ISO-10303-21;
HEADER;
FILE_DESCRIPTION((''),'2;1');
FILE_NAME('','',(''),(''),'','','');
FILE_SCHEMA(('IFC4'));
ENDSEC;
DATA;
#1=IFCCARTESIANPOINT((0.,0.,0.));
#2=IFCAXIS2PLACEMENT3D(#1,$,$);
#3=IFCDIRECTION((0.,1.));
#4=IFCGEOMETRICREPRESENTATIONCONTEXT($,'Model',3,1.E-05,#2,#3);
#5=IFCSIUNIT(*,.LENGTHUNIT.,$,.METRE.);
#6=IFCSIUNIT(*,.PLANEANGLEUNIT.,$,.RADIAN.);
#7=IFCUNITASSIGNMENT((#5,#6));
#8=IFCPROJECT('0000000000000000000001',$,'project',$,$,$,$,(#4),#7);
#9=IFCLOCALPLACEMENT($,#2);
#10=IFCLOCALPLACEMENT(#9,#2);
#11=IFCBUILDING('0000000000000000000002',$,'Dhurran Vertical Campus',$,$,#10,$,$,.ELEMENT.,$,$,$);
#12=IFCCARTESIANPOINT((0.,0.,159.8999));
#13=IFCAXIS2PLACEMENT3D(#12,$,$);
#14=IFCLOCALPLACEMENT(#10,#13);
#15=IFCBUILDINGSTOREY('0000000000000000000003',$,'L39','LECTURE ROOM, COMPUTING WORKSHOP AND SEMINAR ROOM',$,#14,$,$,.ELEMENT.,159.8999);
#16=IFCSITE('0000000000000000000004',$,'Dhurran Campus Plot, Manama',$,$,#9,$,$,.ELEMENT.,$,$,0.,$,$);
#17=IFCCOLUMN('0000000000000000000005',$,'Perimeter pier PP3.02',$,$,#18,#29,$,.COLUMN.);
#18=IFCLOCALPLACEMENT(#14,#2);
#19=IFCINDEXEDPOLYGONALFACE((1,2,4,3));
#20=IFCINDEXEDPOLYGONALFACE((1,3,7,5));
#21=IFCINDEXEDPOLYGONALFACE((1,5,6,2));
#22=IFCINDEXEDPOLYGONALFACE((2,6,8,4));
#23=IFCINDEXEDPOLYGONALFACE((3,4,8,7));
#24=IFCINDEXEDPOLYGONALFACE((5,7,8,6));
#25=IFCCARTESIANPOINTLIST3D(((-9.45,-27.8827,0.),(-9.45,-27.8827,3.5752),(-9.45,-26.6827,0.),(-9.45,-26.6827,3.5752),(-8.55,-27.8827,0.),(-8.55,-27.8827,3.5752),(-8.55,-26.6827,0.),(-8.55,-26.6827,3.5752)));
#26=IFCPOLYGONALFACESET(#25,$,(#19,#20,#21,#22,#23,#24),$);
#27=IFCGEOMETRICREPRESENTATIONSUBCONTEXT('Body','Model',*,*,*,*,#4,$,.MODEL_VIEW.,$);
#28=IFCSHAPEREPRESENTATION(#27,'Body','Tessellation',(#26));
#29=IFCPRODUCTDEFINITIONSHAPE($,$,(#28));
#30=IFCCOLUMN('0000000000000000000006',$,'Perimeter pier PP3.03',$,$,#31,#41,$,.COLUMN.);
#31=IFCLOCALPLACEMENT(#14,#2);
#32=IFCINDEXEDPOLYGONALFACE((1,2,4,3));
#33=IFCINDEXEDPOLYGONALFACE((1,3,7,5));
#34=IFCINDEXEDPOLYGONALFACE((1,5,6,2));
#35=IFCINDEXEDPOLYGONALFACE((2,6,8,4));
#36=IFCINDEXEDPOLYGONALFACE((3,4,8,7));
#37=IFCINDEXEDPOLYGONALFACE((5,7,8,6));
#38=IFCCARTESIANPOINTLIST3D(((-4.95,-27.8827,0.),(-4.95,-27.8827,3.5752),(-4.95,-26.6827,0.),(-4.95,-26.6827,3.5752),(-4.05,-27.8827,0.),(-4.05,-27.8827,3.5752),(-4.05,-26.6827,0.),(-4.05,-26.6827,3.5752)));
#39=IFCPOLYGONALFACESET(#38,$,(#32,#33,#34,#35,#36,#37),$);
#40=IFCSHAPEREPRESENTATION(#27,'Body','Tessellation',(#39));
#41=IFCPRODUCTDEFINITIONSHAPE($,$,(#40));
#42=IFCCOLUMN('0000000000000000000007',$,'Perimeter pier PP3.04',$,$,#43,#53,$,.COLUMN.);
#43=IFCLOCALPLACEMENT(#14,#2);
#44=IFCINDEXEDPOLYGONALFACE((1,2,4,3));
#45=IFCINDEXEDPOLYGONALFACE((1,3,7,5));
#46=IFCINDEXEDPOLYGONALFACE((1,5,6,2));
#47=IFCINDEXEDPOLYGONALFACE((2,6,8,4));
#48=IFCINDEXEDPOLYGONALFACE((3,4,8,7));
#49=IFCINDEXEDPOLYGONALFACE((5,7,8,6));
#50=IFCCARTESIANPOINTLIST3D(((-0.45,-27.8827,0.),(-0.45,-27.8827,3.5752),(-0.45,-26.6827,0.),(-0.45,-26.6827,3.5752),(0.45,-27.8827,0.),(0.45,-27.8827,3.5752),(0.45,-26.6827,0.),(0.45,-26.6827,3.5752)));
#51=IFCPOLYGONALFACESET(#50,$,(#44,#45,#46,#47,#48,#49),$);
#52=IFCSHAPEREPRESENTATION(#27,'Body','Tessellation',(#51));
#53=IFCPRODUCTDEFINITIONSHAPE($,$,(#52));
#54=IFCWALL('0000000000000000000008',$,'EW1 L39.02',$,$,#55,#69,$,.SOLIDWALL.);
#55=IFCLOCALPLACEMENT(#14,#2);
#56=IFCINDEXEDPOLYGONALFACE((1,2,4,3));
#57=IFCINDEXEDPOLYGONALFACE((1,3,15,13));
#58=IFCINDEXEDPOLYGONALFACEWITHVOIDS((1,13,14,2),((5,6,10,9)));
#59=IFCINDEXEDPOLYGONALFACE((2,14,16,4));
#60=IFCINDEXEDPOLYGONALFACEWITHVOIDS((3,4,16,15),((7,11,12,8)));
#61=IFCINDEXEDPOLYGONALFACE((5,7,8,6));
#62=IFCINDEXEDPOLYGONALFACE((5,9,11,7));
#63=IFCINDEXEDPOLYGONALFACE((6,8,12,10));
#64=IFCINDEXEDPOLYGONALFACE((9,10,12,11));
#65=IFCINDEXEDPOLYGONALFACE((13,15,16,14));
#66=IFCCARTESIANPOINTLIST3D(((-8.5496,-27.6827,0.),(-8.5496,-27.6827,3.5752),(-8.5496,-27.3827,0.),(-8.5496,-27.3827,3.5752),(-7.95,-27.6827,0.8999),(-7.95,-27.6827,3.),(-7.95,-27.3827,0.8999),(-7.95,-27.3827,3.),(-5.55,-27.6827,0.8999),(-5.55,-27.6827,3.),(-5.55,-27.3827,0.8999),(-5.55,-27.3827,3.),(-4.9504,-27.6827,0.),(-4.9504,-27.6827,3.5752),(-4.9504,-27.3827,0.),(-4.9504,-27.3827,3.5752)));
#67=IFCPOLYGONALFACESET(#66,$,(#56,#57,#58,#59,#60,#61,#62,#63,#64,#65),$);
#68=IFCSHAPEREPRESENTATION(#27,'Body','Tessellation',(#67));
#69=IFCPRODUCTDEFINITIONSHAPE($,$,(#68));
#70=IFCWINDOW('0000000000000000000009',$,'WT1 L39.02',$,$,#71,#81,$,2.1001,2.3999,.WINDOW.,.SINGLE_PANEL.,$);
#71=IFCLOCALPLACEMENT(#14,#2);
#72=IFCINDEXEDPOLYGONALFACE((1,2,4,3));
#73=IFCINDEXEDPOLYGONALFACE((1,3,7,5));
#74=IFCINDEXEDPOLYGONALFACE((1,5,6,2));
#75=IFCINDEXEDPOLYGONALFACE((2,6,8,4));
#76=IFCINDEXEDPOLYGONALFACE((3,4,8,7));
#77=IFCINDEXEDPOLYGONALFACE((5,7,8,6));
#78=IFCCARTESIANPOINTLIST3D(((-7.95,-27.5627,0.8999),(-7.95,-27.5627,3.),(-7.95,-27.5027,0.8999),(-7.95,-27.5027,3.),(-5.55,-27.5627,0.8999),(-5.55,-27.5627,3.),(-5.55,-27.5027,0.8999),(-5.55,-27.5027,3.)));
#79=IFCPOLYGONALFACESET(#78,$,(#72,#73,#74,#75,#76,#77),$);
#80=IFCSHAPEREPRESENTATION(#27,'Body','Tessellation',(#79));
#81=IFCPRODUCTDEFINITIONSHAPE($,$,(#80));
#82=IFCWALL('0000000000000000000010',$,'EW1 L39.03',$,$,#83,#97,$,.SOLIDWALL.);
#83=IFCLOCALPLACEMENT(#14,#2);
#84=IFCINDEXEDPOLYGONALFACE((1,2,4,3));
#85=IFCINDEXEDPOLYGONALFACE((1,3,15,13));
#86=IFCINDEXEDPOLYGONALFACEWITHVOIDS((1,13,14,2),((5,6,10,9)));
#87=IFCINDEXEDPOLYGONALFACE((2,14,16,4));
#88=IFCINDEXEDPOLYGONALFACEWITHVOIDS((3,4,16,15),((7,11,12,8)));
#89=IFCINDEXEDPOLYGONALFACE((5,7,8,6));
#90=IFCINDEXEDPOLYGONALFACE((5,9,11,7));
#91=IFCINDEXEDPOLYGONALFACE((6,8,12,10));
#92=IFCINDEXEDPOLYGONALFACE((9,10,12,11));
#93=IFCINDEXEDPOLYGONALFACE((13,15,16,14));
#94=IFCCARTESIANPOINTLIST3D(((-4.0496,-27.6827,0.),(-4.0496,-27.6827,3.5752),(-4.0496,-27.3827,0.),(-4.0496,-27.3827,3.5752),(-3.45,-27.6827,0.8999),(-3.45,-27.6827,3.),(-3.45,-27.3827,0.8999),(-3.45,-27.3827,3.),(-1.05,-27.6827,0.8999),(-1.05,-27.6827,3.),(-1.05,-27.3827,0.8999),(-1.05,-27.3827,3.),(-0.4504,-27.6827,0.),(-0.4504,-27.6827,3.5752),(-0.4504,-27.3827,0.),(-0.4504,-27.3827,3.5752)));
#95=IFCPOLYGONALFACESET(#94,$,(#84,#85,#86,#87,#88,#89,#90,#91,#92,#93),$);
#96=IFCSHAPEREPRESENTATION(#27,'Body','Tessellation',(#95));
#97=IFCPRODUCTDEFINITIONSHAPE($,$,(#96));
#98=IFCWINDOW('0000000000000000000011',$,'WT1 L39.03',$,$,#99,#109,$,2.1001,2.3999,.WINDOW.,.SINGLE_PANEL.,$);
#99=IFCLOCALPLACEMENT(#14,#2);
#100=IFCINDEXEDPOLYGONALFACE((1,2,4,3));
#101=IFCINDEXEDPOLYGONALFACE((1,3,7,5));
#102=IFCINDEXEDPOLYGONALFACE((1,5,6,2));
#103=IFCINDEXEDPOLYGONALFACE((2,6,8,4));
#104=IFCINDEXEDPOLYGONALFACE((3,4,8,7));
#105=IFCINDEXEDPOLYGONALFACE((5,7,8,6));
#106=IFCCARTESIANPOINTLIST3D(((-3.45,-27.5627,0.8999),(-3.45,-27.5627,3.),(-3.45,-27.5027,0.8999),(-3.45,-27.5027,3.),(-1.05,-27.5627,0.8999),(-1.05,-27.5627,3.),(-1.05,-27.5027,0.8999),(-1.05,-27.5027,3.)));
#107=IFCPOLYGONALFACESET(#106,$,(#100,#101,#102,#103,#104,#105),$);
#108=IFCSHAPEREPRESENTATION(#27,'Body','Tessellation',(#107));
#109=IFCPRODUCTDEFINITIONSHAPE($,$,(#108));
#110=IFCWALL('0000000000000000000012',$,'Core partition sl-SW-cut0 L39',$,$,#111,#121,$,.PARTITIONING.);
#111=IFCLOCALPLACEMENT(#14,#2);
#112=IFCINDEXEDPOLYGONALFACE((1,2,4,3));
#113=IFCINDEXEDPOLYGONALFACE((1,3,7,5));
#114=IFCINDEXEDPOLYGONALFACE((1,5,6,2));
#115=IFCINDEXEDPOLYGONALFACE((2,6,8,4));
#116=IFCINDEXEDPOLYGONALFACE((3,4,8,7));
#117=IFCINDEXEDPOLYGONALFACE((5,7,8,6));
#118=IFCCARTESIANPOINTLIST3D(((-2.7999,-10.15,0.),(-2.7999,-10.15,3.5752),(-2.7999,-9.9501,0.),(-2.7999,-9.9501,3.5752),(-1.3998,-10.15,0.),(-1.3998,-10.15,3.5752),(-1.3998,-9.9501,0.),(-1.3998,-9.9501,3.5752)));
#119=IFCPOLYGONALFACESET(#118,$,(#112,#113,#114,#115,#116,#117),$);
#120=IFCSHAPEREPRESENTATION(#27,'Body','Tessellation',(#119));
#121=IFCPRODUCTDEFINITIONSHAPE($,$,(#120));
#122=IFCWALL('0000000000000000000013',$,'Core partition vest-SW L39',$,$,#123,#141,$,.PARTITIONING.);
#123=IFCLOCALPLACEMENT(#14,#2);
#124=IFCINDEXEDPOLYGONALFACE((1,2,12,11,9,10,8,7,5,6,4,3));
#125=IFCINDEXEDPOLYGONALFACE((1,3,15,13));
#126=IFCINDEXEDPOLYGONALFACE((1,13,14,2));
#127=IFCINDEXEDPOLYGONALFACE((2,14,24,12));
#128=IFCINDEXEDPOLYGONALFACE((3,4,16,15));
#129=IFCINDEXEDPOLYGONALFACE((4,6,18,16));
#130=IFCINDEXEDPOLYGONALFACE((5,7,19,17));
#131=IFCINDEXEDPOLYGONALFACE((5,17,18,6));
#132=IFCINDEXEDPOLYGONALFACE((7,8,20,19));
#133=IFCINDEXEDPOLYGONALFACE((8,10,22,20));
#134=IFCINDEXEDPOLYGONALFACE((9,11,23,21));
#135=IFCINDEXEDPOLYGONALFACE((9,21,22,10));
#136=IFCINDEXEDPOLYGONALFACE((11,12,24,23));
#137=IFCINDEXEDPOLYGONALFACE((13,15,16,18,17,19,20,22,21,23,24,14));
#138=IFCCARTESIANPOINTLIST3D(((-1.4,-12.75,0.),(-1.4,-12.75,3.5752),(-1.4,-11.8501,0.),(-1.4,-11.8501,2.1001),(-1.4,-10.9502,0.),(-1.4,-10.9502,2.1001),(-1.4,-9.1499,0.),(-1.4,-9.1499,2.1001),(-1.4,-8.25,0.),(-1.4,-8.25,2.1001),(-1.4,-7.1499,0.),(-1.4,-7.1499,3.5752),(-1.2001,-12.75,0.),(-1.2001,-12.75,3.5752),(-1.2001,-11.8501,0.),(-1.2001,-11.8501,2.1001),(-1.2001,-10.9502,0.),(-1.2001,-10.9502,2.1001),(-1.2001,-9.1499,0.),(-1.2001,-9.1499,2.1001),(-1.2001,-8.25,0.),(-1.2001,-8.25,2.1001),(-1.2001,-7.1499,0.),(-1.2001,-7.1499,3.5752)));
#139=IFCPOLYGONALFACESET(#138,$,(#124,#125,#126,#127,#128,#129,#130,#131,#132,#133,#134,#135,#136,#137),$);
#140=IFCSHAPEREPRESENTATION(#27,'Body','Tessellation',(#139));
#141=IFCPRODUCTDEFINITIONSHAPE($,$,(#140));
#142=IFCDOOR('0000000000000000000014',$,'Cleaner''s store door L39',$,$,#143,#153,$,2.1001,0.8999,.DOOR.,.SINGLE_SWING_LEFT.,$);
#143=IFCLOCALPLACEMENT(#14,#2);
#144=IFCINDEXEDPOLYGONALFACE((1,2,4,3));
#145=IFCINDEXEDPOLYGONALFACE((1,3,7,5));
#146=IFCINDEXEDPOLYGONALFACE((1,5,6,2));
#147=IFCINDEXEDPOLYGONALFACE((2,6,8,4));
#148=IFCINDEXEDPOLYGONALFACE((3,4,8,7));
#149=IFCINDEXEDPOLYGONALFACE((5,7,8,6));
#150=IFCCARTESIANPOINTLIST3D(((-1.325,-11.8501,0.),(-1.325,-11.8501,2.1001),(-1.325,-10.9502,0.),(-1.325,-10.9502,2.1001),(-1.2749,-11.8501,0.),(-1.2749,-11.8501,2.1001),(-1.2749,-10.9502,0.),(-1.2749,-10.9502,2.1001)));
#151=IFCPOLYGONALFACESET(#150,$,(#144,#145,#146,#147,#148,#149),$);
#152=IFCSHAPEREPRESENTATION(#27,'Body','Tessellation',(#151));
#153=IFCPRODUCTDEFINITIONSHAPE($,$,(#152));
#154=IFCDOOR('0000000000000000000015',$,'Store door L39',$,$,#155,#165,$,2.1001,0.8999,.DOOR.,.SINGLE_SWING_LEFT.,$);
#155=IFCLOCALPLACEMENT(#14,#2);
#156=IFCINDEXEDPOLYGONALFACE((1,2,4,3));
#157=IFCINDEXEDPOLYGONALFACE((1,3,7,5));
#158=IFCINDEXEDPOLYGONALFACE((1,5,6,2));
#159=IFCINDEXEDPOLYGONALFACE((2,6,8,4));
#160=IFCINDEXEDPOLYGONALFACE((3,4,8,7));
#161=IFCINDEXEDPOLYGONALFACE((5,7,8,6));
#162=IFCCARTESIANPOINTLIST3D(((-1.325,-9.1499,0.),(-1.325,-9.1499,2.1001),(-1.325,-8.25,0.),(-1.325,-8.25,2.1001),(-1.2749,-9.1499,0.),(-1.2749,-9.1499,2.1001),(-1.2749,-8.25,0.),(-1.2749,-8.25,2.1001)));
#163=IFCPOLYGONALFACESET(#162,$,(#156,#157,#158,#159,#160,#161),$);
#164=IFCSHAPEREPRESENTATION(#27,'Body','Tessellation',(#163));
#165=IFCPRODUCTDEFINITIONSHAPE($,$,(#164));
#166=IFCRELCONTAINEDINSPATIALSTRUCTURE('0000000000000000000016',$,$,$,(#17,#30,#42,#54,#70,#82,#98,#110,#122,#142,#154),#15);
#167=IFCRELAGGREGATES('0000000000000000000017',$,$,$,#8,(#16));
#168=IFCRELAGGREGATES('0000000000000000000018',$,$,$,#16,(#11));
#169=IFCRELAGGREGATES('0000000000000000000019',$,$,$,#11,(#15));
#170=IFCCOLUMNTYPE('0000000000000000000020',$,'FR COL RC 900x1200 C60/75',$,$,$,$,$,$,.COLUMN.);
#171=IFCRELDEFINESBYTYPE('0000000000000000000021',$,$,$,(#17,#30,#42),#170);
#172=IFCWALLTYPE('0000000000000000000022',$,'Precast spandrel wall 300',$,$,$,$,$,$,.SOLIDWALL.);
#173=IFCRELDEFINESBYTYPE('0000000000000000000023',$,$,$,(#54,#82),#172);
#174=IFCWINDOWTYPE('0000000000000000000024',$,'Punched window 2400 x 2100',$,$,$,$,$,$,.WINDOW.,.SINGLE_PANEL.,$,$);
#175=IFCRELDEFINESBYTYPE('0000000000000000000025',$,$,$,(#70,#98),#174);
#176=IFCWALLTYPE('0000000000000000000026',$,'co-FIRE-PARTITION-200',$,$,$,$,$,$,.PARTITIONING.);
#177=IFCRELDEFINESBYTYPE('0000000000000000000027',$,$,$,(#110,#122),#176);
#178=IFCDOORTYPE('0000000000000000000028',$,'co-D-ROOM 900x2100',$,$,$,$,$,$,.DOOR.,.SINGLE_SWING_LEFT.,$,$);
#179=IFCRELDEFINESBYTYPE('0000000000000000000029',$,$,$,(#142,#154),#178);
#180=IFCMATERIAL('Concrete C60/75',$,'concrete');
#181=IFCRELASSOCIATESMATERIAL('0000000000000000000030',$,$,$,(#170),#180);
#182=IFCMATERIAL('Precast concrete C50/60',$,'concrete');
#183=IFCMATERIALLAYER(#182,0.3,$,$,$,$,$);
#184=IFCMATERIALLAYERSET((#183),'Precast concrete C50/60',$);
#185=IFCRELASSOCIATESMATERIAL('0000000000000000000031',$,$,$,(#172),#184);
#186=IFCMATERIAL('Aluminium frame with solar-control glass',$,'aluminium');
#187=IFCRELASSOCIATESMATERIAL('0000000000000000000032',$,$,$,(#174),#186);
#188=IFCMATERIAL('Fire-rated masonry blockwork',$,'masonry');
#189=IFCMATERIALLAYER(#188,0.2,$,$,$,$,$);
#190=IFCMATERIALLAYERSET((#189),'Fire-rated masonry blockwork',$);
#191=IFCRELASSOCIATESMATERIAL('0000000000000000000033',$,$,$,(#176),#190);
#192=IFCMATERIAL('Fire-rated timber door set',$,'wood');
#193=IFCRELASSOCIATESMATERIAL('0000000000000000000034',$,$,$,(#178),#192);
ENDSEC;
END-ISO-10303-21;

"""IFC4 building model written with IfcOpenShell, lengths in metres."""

from ifc_helpers import new_model, si_unit, direction, frame, frame_2d, origin, origin_2d, place, context, subcontext, project, spatial, rectangle, extrude, material, layer, layer_set, material_profile, profile_set, type_object, element, fill, save


model = new_model("IFC4")

# Units and contexts
model_context = context("Model", 3, precision=1e-05, world=origin(), true_north=direction((0.0, 1.0)))
body_context = subcontext(model_context, "Body", "Model", "MODEL_VIEW")
ifc_project = project(units=[si_unit("LENGTHUNIT", "METRE"), si_unit("PLANEANGLEUNIT", "RADIAN")], contexts=[model_context])

# Site, building, storey
site_placement = place(None, origin())
site = spatial("IfcSite", under=ifc_project, at=site_placement, Name="Dhurran Campus Plot, Manama", CompositionType="ELEMENT", RefElevation=0.0)
building_placement = place(site_placement, origin())
building = spatial("IfcBuilding", under=site, at=building_placement, Name="Dhurran Vertical Campus", CompositionType="ELEMENT")
storey_placement = place(building_placement, frame((0.0, 0.0, 159.8999)))
storey = spatial("IfcBuildingStorey", under=building, at=storey_placement, Name="L39", Description="LECTURE ROOM, COMPUTING WORKSHOP AND SEMINAR ROOM", CompositionType="ELEMENT", Elevation=159.8999)

# Columns
ifc_material_1 = material(Name="Concrete C60/75", Category="concrete")
ifc_material_profile = material_profile(ifc_material_1, rectangle(XDim=0.8999, YDim=1.2, at=origin_2d()), Name="RC 900x1200")
ifc_profile_set = profile_set([ifc_material_profile], Name="Concrete C60/75")
column_type = type_object("IfcColumnType", Name="FR COL RC 900x1200 C60/75", PredefinedType="COLUMN", material=ifc_profile_set)
for number, where, z_axis, x_axis, name in (
    (1, (-9.0, -27.2827, 0.0), (0.0, 0.0, 1.0), (1.0, 0.0, 0.0), "Perimeter pier PP3.02"),
    (2, (-4.5, -27.2827, 0.0), (0.0, 0.0, 1.0), (1.0, 0.0, 0.0), "Perimeter pier PP3.03"),
    (3, (0.0, -27.2827, 0.0), (0.0, 0.0, 1.0), (1.0, 0.0, 0.0), "Perimeter pier PP3.04"),
):
    element("IfcColumn", number, at=place(storey_placement, frame(where, z_axis=z_axis, x_axis=x_axis)), inside=storey, type_object=column_type, Name=name, PredefinedType="COLUMN", context=body_context, shape_type="SweptSolid", body=[
        extrude(rectangle(XDim=0.8999, YDim=1.2, at=origin_2d()), origin(), (0.0, 0.0, 1.0), 3.5752),
    ])

# Walls, openings, windows
ifc_material_2 = material(Name="Precast concrete C50/60", Category="concrete")
ifc_layer_1 = layer(ifc_material_2, 0.3)
ifc_layer_set_1 = layer_set([ifc_layer_1], Name="Precast concrete C50/60")
wall_type_1 = type_object("IfcWallType", Name="Precast spandrel wall 300", PredefinedType="SOLIDWALL", material=ifc_layer_set_1)
wall_1_placement = place(storey_placement, frame((-8.5496, -27.5327, 0.0), z_axis=(0.0, 0.0, 1.0), x_axis=(1.0, 0.0, 0.0)))
wall_1 = element("IfcWall", 4, at=wall_1_placement, inside=storey, type_object=wall_type_1, Name="EW1 L39.02", PredefinedType="SOLIDWALL", context=body_context, shape_type="SweptSolid", body=[
    extrude(rectangle(XDim=3.5991, YDim=0.3, at=frame_2d((1.7996, 0.0))), origin(), (0.0, 0.0, 1.0), 3.5752),
])
opening_1_placement = place(wall_1_placement, frame((0.5996, 0.0, 0.8999)))
opening_1 = element("IfcOpeningElement", 5, at=opening_1_placement, cuts=wall_1, PredefinedType="OPENING", context=body_context, shape_type="SweptSolid", body=[
    extrude(rectangle(XDim=2.3999, YDim=2.1001, at=frame_2d((1.2, 1.05))), frame((0.0, 0.1599, 0.0), z_axis=(0.0, -1.0, 0.0), x_axis=(1.0, 0.0, 0.0)), (0.0, 0.0, 1.0), 0.3201),
])
ifc_material_3 = material(Name="Aluminium frame with solar-control glass", Category="aluminium")
window_type = type_object("IfcWindowType", Name="Punched window 2400 x 2100", PartitioningType="SINGLE_PANEL", PredefinedType="WINDOW", material=ifc_material_3)
window_1_placement = place(opening_1_placement, origin())
window_1 = element("IfcWindow", 6, at=window_1_placement, inside=storey, type_object=window_type, Name="WT1 L39.02", OverallHeight=2.1001, OverallWidth=2.3999, PartitioningType="SINGLE_PANEL", PredefinedType="WINDOW", context=body_context, shape_type="SweptSolid", body=[
    extrude(rectangle(XDim=2.3999, YDim=2.1001, at=frame_2d((1.2, 1.05))), frame((0.0, 0.03, 0.0), z_axis=(0.0, -1.0, 0.0), x_axis=(1.0, 0.0, 0.0)), (0.0, 0.0, 1.0), 0.0601),
])
fill(opening_1, window_1)
wall_2_placement = place(storey_placement, frame((-4.0496, -27.5327, 0.0), z_axis=(0.0, 0.0, 1.0), x_axis=(1.0, 0.0, 0.0)))
wall_2 = element("IfcWall", 7, at=wall_2_placement, inside=storey, type_object=wall_type_1, Name="EW1 L39.03", PredefinedType="SOLIDWALL", context=body_context, shape_type="SweptSolid", body=[
    extrude(rectangle(XDim=3.5991, YDim=0.3, at=frame_2d((1.7996, 0.0))), origin(), (0.0, 0.0, 1.0), 3.5752),
])
opening_2_placement = place(wall_2_placement, frame((0.5996, 0.0, 0.8999)))
opening_2 = element("IfcOpeningElement", 8, at=opening_2_placement, cuts=wall_2, PredefinedType="OPENING", context=body_context, shape_type="SweptSolid", body=[
    extrude(rectangle(XDim=2.3999, YDim=2.1001, at=frame_2d((1.2, 1.05))), frame((0.0, 0.1599, 0.0), z_axis=(0.0, -1.0, 0.0), x_axis=(1.0, 0.0, 0.0)), (0.0, 0.0, 1.0), 0.3201),
])
window_2_placement = place(opening_2_placement, origin())
window_2 = element("IfcWindow", 9, at=window_2_placement, inside=storey, type_object=window_type, Name="WT1 L39.03", OverallHeight=2.1001, OverallWidth=2.3999, PartitioningType="SINGLE_PANEL", PredefinedType="WINDOW", context=body_context, shape_type="SweptSolid", body=[
    extrude(rectangle(XDim=2.3999, YDim=2.1001, at=frame_2d((1.2, 1.05))), frame((0.0, 0.03, 0.0), z_axis=(0.0, -1.0, 0.0), x_axis=(1.0, 0.0, 0.0)), (0.0, 0.0, 1.0), 0.0601),
])
fill(opening_2, window_2)

# Wall
ifc_material_4 = material(Name="Fire-rated masonry blockwork", Category="masonry")
ifc_layer_2 = layer(ifc_material_4, 0.2)
ifc_layer_set_2 = layer_set([ifc_layer_2], Name="Fire-rated masonry blockwork")
wall_type_2 = type_object("IfcWallType", Name="co-FIRE-PARTITION-200", PredefinedType="PARTITIONING", material=ifc_layer_set_2)
wall_3_placement = place(storey_placement, frame((-2.8, -10.05, 0.0), z_axis=(0.0, 0.0, 1.0), x_axis=(1.0, 0.0, 0.0)))
element("IfcWall", 10, at=wall_3_placement, inside=storey, type_object=wall_type_2, Name="Core partition sl-SW-cut0 L39", PredefinedType="PARTITIONING", context=body_context, shape_type="SweptSolid", body=[
    extrude(rectangle(XDim=1.4001, YDim=0.2, at=frame_2d((0.7002, 0.0))), origin(), (0.0, 0.0, 1.0), 3.5752),
])

# Wall, openings, doors
wall_4_placement = place(storey_placement, frame((-1.3, -12.75, 0.0), z_axis=(0.0, 0.0, 1.0), x_axis=(0.0, 1.0, 0.0)))
wall_4 = element("IfcWall", 11, at=wall_4_placement, inside=storey, type_object=wall_type_2, Name="Core partition vest-SW L39", PredefinedType="PARTITIONING", context=body_context, shape_type="SweptSolid", body=[
    extrude(rectangle(XDim=5.6001, YDim=0.2, at=frame_2d((2.8, 0.0))), origin(), (0.0, 0.0, 1.0), 3.5752),
])
opening_3_placement = place(wall_4_placement, frame((0.8999, 0.0, 0.0)))
opening_3 = element("IfcOpeningElement", 12, at=opening_3_placement, cuts=wall_4, PredefinedType="OPENING", context=body_context, shape_type="SweptSolid", body=[
    extrude(rectangle(XDim=0.8999, YDim=2.1001, at=frame_2d((0.45, 1.05))), frame((0.0, 0.1099, 0.0), z_axis=(0.0, -1.0, 0.0), x_axis=(1.0, 0.0, 0.0)), (0.0, 0.0, 1.0), 0.22),
])
opening_4_placement = place(wall_4_placement, frame((3.6001, 0.0, 0.0)))
opening_4 = element("IfcOpeningElement", 13, at=opening_4_placement, cuts=wall_4, PredefinedType="OPENING", context=body_context, shape_type="SweptSolid", body=[
    extrude(rectangle(XDim=0.8999, YDim=2.1001, at=frame_2d((0.45, 1.05))), frame((0.0, 0.1099, 0.0), z_axis=(0.0, -1.0, 0.0), x_axis=(1.0, 0.0, 0.0)), (0.0, 0.0, 1.0), 0.22),
])
ifc_material_5 = material(Name="Fire-rated timber door set", Category="wood")
door_type_1 = type_object("IfcDoorType", Name="co-D-ROOM 900x2100", OperationType="SINGLE_SWING_LEFT", PredefinedType="DOOR", material=ifc_material_5)
door_1_placement = place(opening_3_placement, origin())
door_1 = element("IfcDoor", 14, at=door_1_placement, inside=storey, type_object=door_type_1, Name="Cleaner's store door L39", OperationType="SINGLE_SWING_LEFT", OverallHeight=2.1001, OverallWidth=0.8999, PredefinedType="DOOR", context=body_context, shape_type="SweptSolid", body=[
    extrude(rectangle(XDim=0.8999, YDim=2.1001, at=frame_2d((0.45, 1.05))), frame((0.0, 0.0249, 0.0), z_axis=(0.0, -1.0, 0.0), x_axis=(1.0, 0.0, 0.0)), (0.0, 0.0, 1.0), 0.05),
])
fill(opening_3, door_1)
door_2_placement = place(opening_4_placement, origin())
door_2 = element("IfcDoor", 15, at=door_2_placement, inside=storey, type_object=door_type_1, Name="Store door L39", OperationType="SINGLE_SWING_LEFT", OverallHeight=2.1001, OverallWidth=0.8999, PredefinedType="DOOR", context=body_context, shape_type="SweptSolid", body=[
    extrude(rectangle(XDim=0.8999, YDim=2.1001, at=frame_2d((0.45, 1.05))), frame((0.0, 0.0249, 0.0), z_axis=(0.0, -1.0, 0.0), x_axis=(1.0, 0.0, 0.0)), (0.0, 0.0, 1.0), 0.05),
])
fill(opening_4, door_2)

save(model, "model.ifc")
